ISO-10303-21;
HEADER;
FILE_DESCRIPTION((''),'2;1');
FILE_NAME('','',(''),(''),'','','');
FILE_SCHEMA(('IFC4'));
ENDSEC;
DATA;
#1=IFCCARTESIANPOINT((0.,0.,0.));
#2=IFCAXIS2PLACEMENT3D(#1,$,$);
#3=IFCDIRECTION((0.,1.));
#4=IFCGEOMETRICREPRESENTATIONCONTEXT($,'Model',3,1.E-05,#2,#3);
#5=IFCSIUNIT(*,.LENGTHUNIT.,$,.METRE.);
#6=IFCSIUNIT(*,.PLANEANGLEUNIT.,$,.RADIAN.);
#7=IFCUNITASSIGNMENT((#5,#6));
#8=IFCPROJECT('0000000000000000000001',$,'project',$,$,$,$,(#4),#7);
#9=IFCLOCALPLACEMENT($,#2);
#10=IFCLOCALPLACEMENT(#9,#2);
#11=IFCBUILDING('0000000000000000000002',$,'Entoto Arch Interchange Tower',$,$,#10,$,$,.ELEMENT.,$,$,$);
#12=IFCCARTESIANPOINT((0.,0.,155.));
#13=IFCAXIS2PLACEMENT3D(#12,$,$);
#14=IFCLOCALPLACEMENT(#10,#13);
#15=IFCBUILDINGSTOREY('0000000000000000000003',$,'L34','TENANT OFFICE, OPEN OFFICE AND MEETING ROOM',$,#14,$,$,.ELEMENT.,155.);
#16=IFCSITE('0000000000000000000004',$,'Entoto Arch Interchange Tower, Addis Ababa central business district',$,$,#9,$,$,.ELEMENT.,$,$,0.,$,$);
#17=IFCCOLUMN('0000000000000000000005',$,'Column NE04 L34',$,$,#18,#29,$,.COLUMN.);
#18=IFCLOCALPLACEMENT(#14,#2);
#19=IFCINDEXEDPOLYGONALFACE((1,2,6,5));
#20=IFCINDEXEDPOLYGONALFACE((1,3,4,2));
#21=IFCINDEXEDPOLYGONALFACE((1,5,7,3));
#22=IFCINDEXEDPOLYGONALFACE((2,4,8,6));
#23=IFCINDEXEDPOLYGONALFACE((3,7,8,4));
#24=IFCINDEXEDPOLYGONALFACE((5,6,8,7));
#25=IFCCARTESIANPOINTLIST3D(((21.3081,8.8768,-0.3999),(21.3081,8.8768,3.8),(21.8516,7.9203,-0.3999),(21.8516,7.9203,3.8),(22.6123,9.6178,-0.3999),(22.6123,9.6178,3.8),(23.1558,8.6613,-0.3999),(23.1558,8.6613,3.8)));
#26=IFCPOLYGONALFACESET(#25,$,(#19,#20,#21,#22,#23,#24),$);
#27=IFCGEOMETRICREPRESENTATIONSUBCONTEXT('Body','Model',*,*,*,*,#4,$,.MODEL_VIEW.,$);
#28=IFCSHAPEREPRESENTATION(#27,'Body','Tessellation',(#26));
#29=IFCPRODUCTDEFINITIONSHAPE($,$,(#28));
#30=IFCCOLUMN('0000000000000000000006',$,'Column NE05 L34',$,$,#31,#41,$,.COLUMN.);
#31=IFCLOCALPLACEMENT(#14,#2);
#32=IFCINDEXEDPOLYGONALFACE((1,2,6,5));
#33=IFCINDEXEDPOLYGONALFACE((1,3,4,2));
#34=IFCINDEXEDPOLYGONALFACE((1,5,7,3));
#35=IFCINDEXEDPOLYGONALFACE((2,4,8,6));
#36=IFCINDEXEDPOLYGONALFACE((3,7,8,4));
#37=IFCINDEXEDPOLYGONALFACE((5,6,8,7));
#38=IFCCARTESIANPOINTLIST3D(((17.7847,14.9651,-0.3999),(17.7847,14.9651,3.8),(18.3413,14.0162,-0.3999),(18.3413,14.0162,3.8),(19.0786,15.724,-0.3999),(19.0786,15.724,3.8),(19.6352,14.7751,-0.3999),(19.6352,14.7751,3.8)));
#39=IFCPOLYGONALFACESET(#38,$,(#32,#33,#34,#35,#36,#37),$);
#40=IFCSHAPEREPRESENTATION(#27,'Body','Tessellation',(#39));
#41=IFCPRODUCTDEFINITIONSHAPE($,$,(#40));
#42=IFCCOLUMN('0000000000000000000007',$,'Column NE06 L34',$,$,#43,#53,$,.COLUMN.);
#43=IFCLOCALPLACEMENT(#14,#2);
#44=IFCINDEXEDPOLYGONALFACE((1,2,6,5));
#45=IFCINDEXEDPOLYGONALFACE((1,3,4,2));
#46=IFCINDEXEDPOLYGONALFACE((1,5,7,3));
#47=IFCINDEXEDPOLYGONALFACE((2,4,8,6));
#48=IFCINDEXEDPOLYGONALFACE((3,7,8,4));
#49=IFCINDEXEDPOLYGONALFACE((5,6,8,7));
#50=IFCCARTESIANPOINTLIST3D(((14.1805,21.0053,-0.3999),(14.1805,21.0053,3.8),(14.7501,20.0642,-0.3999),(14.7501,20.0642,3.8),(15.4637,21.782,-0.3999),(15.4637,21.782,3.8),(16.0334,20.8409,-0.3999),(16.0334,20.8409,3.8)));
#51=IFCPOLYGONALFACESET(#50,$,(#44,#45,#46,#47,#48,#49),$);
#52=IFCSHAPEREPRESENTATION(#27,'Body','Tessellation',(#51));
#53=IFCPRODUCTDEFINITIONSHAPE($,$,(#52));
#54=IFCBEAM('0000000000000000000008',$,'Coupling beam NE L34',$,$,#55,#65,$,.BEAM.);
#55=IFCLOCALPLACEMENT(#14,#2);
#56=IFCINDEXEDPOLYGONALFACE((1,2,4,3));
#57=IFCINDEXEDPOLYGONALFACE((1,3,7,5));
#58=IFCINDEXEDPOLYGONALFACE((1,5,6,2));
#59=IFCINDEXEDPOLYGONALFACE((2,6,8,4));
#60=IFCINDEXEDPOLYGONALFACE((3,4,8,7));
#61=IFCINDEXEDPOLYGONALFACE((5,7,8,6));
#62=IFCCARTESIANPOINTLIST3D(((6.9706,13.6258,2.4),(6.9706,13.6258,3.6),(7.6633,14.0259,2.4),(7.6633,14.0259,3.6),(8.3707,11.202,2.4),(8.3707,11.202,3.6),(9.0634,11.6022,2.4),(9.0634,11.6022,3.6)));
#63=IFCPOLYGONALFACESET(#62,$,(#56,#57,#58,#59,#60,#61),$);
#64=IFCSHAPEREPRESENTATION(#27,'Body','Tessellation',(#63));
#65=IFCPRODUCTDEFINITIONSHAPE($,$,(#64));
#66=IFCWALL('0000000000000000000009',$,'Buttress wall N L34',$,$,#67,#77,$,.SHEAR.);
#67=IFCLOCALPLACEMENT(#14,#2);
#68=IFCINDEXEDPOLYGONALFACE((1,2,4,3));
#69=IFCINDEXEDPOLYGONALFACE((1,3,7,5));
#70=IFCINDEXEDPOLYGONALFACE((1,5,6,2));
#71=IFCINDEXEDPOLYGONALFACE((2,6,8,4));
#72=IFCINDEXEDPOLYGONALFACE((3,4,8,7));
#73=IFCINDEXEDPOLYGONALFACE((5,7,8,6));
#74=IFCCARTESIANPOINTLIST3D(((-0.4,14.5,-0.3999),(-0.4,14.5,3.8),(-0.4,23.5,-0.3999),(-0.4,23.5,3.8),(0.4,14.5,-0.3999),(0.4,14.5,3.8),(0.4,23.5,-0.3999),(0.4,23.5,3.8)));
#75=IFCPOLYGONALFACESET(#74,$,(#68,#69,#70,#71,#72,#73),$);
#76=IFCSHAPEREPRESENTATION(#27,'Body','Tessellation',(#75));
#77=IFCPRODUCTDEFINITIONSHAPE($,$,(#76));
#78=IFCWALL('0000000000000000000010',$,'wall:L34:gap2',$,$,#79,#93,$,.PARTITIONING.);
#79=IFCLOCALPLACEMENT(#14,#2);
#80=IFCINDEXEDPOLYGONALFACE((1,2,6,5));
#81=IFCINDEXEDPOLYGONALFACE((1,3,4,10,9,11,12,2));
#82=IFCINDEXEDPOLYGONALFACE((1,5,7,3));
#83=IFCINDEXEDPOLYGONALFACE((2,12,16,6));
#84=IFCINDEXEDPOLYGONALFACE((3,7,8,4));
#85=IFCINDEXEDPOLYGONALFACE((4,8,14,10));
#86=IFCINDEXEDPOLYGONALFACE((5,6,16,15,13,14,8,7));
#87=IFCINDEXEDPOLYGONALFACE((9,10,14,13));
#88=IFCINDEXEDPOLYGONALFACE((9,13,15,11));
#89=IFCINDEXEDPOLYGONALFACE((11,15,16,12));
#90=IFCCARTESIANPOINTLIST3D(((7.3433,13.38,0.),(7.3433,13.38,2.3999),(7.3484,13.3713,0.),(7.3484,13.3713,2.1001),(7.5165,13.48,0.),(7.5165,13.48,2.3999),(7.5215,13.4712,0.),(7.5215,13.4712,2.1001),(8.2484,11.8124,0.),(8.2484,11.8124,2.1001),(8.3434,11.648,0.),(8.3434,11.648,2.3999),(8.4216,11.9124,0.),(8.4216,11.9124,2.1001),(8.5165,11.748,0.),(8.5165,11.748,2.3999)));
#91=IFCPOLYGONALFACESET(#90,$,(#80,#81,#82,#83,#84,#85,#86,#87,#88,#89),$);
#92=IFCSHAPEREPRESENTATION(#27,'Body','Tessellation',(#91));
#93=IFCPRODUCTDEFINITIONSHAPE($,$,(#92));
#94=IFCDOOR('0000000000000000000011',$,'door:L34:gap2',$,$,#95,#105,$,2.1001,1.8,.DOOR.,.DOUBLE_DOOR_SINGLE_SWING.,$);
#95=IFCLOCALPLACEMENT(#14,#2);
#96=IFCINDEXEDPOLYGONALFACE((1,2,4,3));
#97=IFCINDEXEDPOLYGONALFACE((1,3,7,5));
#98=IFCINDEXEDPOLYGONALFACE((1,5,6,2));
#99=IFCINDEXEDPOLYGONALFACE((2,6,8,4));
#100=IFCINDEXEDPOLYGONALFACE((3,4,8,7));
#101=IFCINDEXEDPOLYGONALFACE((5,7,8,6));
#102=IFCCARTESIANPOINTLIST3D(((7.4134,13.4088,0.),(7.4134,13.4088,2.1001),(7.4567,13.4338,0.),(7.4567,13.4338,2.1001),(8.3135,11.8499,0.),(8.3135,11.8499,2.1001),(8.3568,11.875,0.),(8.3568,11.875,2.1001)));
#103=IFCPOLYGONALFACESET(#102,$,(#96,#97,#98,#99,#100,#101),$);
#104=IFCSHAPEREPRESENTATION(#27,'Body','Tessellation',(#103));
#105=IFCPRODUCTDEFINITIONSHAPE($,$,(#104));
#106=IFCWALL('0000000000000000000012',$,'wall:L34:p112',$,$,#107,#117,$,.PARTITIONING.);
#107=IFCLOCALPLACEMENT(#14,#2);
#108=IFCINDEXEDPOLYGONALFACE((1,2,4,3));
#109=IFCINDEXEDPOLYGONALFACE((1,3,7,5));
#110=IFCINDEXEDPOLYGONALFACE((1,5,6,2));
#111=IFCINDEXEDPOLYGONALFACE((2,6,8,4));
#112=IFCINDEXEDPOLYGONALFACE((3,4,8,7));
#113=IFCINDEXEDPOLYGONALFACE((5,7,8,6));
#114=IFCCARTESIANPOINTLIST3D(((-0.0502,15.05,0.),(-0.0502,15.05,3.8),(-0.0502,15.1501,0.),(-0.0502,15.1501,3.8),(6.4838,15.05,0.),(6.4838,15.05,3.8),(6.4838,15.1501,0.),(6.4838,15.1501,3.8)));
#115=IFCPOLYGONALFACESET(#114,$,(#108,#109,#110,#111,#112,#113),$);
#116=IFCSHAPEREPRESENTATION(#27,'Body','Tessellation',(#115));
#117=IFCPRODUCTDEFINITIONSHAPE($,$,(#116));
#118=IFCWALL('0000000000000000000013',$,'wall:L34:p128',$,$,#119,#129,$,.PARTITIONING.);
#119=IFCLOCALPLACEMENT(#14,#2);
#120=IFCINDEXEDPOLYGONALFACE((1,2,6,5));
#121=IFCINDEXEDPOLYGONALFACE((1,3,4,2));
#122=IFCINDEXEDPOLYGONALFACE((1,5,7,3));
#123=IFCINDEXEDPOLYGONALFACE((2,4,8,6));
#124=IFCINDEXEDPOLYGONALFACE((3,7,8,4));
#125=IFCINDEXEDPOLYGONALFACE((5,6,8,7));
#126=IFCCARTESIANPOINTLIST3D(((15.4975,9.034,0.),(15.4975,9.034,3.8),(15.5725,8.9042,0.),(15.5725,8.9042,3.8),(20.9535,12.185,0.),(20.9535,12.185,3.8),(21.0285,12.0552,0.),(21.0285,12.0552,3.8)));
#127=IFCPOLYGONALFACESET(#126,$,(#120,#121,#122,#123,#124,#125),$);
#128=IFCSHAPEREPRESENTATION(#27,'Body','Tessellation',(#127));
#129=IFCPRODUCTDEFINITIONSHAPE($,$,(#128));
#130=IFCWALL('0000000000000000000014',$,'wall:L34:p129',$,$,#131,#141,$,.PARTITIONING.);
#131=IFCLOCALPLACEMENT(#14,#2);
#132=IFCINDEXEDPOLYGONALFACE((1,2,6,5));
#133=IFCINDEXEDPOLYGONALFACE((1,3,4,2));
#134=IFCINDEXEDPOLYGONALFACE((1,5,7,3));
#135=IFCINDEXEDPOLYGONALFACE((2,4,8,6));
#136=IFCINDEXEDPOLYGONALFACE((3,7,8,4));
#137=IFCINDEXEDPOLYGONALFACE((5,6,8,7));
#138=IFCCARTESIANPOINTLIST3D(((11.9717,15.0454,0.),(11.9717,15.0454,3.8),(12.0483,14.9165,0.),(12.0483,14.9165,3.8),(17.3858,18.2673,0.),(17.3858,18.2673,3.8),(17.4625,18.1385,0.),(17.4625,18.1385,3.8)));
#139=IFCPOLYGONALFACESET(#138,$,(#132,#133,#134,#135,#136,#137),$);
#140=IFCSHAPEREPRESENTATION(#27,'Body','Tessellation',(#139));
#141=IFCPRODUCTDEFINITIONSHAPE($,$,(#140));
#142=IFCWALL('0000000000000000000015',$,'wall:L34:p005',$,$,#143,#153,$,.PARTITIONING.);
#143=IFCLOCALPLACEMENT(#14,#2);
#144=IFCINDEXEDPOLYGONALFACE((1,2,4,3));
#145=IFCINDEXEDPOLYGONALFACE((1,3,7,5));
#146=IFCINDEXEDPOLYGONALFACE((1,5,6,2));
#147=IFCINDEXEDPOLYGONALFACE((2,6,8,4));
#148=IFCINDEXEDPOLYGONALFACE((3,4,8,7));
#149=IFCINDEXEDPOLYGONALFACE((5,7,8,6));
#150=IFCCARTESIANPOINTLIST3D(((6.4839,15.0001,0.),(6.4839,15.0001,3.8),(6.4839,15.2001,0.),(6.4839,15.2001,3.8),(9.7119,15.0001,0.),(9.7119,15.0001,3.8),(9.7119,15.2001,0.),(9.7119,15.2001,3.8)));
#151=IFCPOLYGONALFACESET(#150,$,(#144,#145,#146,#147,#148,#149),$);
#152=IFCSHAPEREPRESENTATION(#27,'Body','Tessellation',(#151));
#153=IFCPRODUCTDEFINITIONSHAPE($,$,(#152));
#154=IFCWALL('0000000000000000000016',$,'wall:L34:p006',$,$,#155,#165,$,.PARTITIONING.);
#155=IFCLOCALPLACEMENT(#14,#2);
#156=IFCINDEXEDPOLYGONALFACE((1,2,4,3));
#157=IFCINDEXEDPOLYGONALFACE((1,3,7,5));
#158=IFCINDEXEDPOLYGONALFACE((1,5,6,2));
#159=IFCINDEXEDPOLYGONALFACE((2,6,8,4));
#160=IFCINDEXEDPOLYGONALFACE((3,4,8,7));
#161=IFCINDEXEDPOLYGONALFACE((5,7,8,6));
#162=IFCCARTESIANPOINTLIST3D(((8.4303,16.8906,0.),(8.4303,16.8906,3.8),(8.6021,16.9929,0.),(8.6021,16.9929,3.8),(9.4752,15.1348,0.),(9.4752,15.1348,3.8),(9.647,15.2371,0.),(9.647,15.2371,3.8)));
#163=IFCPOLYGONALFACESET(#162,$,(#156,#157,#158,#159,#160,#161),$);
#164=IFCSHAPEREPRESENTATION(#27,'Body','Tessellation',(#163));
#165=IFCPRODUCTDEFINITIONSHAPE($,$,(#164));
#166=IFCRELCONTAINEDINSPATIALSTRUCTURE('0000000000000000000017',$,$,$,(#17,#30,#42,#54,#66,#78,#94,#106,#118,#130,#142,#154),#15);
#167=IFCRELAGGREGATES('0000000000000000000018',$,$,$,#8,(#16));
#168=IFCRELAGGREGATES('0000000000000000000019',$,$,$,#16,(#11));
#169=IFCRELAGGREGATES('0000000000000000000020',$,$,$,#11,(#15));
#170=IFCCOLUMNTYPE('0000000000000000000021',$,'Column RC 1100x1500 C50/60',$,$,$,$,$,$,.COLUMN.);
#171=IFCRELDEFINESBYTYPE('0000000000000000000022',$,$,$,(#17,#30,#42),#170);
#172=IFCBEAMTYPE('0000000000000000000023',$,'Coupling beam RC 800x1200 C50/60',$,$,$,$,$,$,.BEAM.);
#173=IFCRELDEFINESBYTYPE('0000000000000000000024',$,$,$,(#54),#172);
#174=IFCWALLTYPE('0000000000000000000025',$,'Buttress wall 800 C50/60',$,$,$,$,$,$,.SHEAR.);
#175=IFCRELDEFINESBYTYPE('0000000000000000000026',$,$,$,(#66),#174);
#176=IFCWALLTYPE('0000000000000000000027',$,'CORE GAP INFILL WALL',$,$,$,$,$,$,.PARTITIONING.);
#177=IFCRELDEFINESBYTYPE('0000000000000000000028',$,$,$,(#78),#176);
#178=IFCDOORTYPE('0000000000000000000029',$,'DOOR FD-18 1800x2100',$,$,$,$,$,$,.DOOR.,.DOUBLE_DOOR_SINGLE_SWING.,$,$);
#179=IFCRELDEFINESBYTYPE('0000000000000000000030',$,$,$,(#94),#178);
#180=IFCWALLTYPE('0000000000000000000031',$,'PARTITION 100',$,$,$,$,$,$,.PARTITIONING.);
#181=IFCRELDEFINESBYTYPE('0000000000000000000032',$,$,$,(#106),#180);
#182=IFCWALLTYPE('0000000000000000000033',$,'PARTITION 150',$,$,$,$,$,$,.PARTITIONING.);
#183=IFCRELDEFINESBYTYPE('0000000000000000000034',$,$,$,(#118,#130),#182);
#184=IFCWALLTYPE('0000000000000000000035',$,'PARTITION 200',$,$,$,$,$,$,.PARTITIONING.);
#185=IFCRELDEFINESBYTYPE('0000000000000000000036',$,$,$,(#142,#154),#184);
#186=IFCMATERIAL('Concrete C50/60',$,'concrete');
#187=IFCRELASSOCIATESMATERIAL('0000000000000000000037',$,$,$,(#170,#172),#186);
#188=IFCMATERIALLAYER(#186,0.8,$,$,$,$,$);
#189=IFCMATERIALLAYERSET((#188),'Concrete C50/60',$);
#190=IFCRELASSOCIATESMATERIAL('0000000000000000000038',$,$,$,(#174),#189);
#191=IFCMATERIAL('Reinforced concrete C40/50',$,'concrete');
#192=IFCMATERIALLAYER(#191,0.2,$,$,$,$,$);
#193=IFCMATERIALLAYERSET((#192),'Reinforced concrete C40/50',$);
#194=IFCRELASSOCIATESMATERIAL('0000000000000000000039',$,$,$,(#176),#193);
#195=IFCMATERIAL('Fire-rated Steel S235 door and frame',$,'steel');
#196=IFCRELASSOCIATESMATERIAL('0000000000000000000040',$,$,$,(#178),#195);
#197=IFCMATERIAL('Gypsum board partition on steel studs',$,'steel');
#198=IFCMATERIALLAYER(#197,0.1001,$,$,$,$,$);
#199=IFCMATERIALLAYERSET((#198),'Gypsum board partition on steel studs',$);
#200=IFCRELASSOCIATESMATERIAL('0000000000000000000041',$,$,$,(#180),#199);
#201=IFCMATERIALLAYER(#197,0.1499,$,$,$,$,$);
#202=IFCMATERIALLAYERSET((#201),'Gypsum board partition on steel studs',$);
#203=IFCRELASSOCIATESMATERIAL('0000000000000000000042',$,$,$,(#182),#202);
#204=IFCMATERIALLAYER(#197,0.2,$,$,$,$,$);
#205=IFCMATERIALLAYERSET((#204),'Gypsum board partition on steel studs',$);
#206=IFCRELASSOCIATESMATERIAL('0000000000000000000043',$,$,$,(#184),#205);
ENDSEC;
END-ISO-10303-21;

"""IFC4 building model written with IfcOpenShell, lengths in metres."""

from ifc_helpers import new_model, si_unit, direction, frame, frame_2d, origin, origin_2d, place, context, subcontext, project, spatial, rectangle, extrude, material, layer, layer_set, material_profile, profile_set, type_object, element, fill, save


model = new_model("IFC4")

# Units and contexts
model_context = context("Model", 3, precision=1e-05, world=origin(), true_north=direction((0.0, 1.0)))
body_context = subcontext(model_context, "Body", "Model", "MODEL_VIEW")
ifc_project = project(units=[si_unit("LENGTHUNIT", "METRE"), si_unit("PLANEANGLEUNIT", "RADIAN")], contexts=[model_context])

# Site, building, storey
site_placement = place(None, origin())
site = spatial("IfcSite", under=ifc_project, at=site_placement, Name="Entoto Arch Interchange Tower, Addis Ababa central business district", CompositionType="ELEMENT", RefElevation=0.0)
building_placement = place(site_placement, origin())
building = spatial("IfcBuilding", under=site, at=building_placement, Name="Entoto Arch Interchange Tower", CompositionType="ELEMENT")
storey_placement = place(building_placement, frame((0.0, 0.0, 155.0)))
storey = spatial("IfcBuildingStorey", under=building, at=storey_placement, Name="L34", Description="TENANT OFFICE, OPEN OFFICE AND MEETING ROOM", CompositionType="ELEMENT", Elevation=155.0)

# Columns
ifc_material_1 = material(Name="Concrete C50/60", Category="concrete")
ifc_material_profile_1 = material_profile(ifc_material_1, rectangle(XDim=1.1001, YDim=1.5, at=origin_2d()))
ifc_profile_set_1 = profile_set([ifc_material_profile_1], Name="Concrete C50/60")
column_type = type_object("IfcColumnType", Name="Column RC 1100x1500 C50/60", PredefinedType="COLUMN", material=ifc_profile_set_1)
for number, where, z_axis, x_axis, name in (
    (1, (22.2319, 8.769, -0.3999), (0.0, 0.0, 1.0), (-0.494018, 0.869452, 0.0), "Column NE04 L34"),
    (2, (18.71, 14.8701, -0.3999), (0.0, 0.0, 1.0), (-0.505958, 0.862558, 0.0), "Column NE05 L34"),
    (3, (15.1069, 20.9231, -0.3999), (0.0, 0.0, 1.0), (-0.517803, 0.8555, 0.0), "Column NE06 L34"),
):
    element("IfcColumn", number, at=place(storey_placement, frame(where, z_axis=z_axis, x_axis=x_axis)), inside=storey, type_object=column_type, Name=name, PredefinedType="COLUMN", context=body_context, shape_type="SweptSolid", body=[
        extrude(rectangle(XDim=1.1001, YDim=1.5, at=origin_2d()), origin(), (0.0, 0.0, 1.0), 4.2),
    ])

# Beam
ifc_material_profile_2 = material_profile(ifc_material_1, rectangle(XDim=0.8, YDim=1.2, at=origin_2d()))
ifc_profile_set_2 = profile_set([ifc_material_profile_2], Name="Concrete C50/60")
beam_type = type_object("IfcBeamType", Name="Coupling beam RC 800x1200 C50/60", PredefinedType="BEAM", material=ifc_profile_set_2)
beam_placement = place(storey_placement, frame((8.717, 11.4021, 3.0), z_axis=(-0.500201, 0.86591, 0.0), x_axis=(-0.86591, -0.500201, 0.0)))
element("IfcBeam", 4, at=beam_placement, inside=storey, type_object=beam_type, Name="Coupling beam NE L34", PredefinedType="BEAM", context=body_context, shape_type="SweptSolid", body=[
    extrude(rectangle(XDim=0.8, YDim=1.2, at=origin_2d()), origin(), (0.0, 0.0, 1.0), 2.7991),
])

# Wall
ifc_layer_1 = layer(ifc_material_1, 0.8)
ifc_layer_set_1 = layer_set([ifc_layer_1], Name="Concrete C50/60")
wall_type_1 = type_object("IfcWallType", Name="Buttress wall 800 C50/60", PredefinedType="SHEAR", material=ifc_layer_set_1)
wall_1_placement = place(storey_placement, frame((0.0, 14.5, -0.3999), z_axis=(0.0, 0.0, 1.0), x_axis=(0.0, 1.0, 0.0)))
element("IfcWall", 5, at=wall_1_placement, inside=storey, type_object=wall_type_1, Name="Buttress wall N L34", PredefinedType="SHEAR", context=body_context, shape_type="SweptSolid", body=[
    extrude(rectangle(XDim=9.0, YDim=0.8, at=frame_2d((4.5, 0.0))), origin(), (0.0, 0.0, 1.0), 4.2),
])

# Wall, opening, door
ifc_material_2 = material(Name="Reinforced concrete C40/50", Category="concrete")
ifc_layer_2 = layer(ifc_material_2, 0.2)
ifc_layer_set_2 = layer_set([ifc_layer_2], Name="Reinforced concrete C40/50")
wall_type_2 = type_object("IfcWallType", Name="CORE GAP INFILL WALL", PredefinedType="PARTITIONING", material=ifc_layer_set_2)
wall_2_placement = place(storey_placement, frame((8.4299, 11.698, 0.0), z_axis=(0.0, 0.0, 1.0), x_axis=(-0.500025, 0.866011, 0.0)))
wall_2 = element("IfcWall", 6, at=wall_2_placement, inside=storey, type_object=wall_type_2, Name="wall:L34:gap2", PredefinedType="PARTITIONING", context=body_context, shape_type="SweptSolid", body=[
    extrude(rectangle(XDim=2.0, YDim=0.2, at=frame_2d((1.0, 0.0))), origin(), (0.0, 0.0, 1.0), 2.3999),
])
opening_1_placement = place(wall_2_placement, frame((0.1899, 0.0, 0.0)))
opening_1 = element("IfcOpeningElement", 7, at=opening_1_placement, cuts=wall_2, PredefinedType="OPENING", context=body_context, shape_type="SweptSolid", body=[
    extrude(rectangle(XDim=1.8, YDim=2.1001, at=frame_2d((0.8999, 1.05))), frame((0.0, 0.1099, 0.0), z_axis=(0.0, -1.0, 0.0), x_axis=(1.0, 0.0, 0.0)), (0.0, 0.0, 1.0), 0.22),
])
ifc_material_3 = material(Name="Fire-rated Steel S235 door and frame", Category="steel")
door_type_1 = type_object("IfcDoorType", Name="DOOR FD-18 1800x2100", OperationType="DOUBLE_DOOR_SINGLE_SWING", PredefinedType="DOOR", material=ifc_material_3)
door_1_placement = place(opening_1_placement, origin())
door_1 = element("IfcDoor", 8, at=door_1_placement, inside=storey, type_object=door_type_1, Name="door:L34:gap2", OperationType="DOUBLE_DOOR_SINGLE_SWING", OverallHeight=2.1001, OverallWidth=1.8, PredefinedType="DOOR", context=body_context, shape_type="SweptSolid", body=[
    extrude(rectangle(XDim=1.8, YDim=2.1001, at=frame_2d((0.8999, 1.05))), frame((0.0, 0.0249, 0.0), z_axis=(0.0, -1.0, 0.0), x_axis=(1.0, 0.0, 0.0)), (0.0, 0.0, 1.0), 0.05),
])
fill(opening_1, door_1)

# Walls
ifc_material_4 = material(Name="Gypsum board partition on steel studs", Category="steel")
ifc_layer_3 = layer(ifc_material_4, 0.1001)
ifc_layer_set_3 = layer_set([ifc_layer_3], Name="Gypsum board partition on steel studs")
wall_type_3 = type_object("IfcWallType", Name="PARTITION 100", PredefinedType="PARTITIONING", material=ifc_layer_set_3)
wall_3_placement = place(storey_placement, frame((6.4839, 15.1001, 0.0), z_axis=(0.0, 0.0, 1.0), x_axis=(-1.0, 0.0, 0.0)))
element("IfcWall", 9, at=wall_3_placement, inside=storey, type_object=wall_type_3, Name="wall:L34:p112", PredefinedType="PARTITIONING", context=body_context, shape_type="SweptSolid", body=[
    extrude(rectangle(XDim=6.5339, YDim=0.1001, at=frame_2d((3.2671, 0.0))), origin(), (0.0, 0.0, 1.0), 3.8),
])
ifc_layer_4 = layer(ifc_material_4, 0.1499)
ifc_layer_set_4 = layer_set([ifc_layer_4], Name="Gypsum board partition on steel studs")
wall_type_4 = type_object("IfcWallType", Name="PARTITION 150", PredefinedType="PARTITIONING", material=ifc_layer_set_4)
wall_4_placement = place(storey_placement, frame((15.5349, 8.969, 0.0), z_axis=(0.0, 0.0, 1.0), x_axis=(0.865952, 0.500127, 0.0)))
element("IfcWall", 10, at=wall_4_placement, inside=storey, type_object=wall_type_4, Name="wall:L34:p128", PredefinedType="PARTITIONING", context=body_context, shape_type="SweptSolid", body=[
    extrude(rectangle(XDim=6.3005, YDim=0.1499, at=frame_2d((3.1504, 0.0))), origin(), (0.0, 0.0, 1.0), 3.8),
])
wall_5_placement = place(storey_placement, frame((12.01, 14.981, 0.0), z_axis=(0.0, 0.0, 1.0), x_axis=(0.859344, 0.511398, 0.0)))
element("IfcWall", 11, at=wall_5_placement, inside=storey, type_object=wall_type_4, Name="wall:L34:p129", PredefinedType="PARTITIONING", context=body_context, shape_type="SweptSolid", body=[
    extrude(rectangle(XDim=6.3003, YDim=0.1499, at=frame_2d((3.1501, 0.0))), origin(), (0.0, 0.0, 1.0), 3.8),
])
ifc_layer_5 = layer(ifc_material_4, 0.2)
ifc_layer_set_5 = layer_set([ifc_layer_5], Name="Gypsum board partition on steel studs")
wall_type_5 = type_object("IfcWallType", Name="PARTITION 200", PredefinedType="PARTITIONING", material=ifc_layer_set_5)
wall_6_placement = place(storey_placement, frame((6.4839, 15.1001, 0.0), z_axis=(0.0, 0.0, 1.0), x_axis=(1.0, 0.0, 0.0)))
element("IfcWall", 12, at=wall_6_placement, inside=storey, type_object=wall_type_5, Name="wall:L34:p005", PredefinedType="PARTITIONING", context=body_context, shape_type="SweptSolid", body=[
    extrude(rectangle(XDim=3.228, YDim=0.2, at=frame_2d((1.614, 0.0))), origin(), (0.0, 0.0, 1.0), 3.8),
])
wall_7_placement = place(storey_placement, frame((9.561, 15.186, 0.0), z_axis=(0.0, 0.0, 1.0), x_axis=(-0.5114, 0.859343, 0.0)))
element("IfcWall", 13, at=wall_7_placement, inside=storey, type_object=wall_type_5, Name="wall:L34:p006", PredefinedType="PARTITIONING", context=body_context, shape_type="SweptSolid", body=[
    extrude(rectangle(XDim=2.0432, YDim=0.2, at=frame_2d((1.0215, 0.0))), origin(), (0.0, 0.0, 1.0), 3.8),
])

save(model, "model.ifc")
